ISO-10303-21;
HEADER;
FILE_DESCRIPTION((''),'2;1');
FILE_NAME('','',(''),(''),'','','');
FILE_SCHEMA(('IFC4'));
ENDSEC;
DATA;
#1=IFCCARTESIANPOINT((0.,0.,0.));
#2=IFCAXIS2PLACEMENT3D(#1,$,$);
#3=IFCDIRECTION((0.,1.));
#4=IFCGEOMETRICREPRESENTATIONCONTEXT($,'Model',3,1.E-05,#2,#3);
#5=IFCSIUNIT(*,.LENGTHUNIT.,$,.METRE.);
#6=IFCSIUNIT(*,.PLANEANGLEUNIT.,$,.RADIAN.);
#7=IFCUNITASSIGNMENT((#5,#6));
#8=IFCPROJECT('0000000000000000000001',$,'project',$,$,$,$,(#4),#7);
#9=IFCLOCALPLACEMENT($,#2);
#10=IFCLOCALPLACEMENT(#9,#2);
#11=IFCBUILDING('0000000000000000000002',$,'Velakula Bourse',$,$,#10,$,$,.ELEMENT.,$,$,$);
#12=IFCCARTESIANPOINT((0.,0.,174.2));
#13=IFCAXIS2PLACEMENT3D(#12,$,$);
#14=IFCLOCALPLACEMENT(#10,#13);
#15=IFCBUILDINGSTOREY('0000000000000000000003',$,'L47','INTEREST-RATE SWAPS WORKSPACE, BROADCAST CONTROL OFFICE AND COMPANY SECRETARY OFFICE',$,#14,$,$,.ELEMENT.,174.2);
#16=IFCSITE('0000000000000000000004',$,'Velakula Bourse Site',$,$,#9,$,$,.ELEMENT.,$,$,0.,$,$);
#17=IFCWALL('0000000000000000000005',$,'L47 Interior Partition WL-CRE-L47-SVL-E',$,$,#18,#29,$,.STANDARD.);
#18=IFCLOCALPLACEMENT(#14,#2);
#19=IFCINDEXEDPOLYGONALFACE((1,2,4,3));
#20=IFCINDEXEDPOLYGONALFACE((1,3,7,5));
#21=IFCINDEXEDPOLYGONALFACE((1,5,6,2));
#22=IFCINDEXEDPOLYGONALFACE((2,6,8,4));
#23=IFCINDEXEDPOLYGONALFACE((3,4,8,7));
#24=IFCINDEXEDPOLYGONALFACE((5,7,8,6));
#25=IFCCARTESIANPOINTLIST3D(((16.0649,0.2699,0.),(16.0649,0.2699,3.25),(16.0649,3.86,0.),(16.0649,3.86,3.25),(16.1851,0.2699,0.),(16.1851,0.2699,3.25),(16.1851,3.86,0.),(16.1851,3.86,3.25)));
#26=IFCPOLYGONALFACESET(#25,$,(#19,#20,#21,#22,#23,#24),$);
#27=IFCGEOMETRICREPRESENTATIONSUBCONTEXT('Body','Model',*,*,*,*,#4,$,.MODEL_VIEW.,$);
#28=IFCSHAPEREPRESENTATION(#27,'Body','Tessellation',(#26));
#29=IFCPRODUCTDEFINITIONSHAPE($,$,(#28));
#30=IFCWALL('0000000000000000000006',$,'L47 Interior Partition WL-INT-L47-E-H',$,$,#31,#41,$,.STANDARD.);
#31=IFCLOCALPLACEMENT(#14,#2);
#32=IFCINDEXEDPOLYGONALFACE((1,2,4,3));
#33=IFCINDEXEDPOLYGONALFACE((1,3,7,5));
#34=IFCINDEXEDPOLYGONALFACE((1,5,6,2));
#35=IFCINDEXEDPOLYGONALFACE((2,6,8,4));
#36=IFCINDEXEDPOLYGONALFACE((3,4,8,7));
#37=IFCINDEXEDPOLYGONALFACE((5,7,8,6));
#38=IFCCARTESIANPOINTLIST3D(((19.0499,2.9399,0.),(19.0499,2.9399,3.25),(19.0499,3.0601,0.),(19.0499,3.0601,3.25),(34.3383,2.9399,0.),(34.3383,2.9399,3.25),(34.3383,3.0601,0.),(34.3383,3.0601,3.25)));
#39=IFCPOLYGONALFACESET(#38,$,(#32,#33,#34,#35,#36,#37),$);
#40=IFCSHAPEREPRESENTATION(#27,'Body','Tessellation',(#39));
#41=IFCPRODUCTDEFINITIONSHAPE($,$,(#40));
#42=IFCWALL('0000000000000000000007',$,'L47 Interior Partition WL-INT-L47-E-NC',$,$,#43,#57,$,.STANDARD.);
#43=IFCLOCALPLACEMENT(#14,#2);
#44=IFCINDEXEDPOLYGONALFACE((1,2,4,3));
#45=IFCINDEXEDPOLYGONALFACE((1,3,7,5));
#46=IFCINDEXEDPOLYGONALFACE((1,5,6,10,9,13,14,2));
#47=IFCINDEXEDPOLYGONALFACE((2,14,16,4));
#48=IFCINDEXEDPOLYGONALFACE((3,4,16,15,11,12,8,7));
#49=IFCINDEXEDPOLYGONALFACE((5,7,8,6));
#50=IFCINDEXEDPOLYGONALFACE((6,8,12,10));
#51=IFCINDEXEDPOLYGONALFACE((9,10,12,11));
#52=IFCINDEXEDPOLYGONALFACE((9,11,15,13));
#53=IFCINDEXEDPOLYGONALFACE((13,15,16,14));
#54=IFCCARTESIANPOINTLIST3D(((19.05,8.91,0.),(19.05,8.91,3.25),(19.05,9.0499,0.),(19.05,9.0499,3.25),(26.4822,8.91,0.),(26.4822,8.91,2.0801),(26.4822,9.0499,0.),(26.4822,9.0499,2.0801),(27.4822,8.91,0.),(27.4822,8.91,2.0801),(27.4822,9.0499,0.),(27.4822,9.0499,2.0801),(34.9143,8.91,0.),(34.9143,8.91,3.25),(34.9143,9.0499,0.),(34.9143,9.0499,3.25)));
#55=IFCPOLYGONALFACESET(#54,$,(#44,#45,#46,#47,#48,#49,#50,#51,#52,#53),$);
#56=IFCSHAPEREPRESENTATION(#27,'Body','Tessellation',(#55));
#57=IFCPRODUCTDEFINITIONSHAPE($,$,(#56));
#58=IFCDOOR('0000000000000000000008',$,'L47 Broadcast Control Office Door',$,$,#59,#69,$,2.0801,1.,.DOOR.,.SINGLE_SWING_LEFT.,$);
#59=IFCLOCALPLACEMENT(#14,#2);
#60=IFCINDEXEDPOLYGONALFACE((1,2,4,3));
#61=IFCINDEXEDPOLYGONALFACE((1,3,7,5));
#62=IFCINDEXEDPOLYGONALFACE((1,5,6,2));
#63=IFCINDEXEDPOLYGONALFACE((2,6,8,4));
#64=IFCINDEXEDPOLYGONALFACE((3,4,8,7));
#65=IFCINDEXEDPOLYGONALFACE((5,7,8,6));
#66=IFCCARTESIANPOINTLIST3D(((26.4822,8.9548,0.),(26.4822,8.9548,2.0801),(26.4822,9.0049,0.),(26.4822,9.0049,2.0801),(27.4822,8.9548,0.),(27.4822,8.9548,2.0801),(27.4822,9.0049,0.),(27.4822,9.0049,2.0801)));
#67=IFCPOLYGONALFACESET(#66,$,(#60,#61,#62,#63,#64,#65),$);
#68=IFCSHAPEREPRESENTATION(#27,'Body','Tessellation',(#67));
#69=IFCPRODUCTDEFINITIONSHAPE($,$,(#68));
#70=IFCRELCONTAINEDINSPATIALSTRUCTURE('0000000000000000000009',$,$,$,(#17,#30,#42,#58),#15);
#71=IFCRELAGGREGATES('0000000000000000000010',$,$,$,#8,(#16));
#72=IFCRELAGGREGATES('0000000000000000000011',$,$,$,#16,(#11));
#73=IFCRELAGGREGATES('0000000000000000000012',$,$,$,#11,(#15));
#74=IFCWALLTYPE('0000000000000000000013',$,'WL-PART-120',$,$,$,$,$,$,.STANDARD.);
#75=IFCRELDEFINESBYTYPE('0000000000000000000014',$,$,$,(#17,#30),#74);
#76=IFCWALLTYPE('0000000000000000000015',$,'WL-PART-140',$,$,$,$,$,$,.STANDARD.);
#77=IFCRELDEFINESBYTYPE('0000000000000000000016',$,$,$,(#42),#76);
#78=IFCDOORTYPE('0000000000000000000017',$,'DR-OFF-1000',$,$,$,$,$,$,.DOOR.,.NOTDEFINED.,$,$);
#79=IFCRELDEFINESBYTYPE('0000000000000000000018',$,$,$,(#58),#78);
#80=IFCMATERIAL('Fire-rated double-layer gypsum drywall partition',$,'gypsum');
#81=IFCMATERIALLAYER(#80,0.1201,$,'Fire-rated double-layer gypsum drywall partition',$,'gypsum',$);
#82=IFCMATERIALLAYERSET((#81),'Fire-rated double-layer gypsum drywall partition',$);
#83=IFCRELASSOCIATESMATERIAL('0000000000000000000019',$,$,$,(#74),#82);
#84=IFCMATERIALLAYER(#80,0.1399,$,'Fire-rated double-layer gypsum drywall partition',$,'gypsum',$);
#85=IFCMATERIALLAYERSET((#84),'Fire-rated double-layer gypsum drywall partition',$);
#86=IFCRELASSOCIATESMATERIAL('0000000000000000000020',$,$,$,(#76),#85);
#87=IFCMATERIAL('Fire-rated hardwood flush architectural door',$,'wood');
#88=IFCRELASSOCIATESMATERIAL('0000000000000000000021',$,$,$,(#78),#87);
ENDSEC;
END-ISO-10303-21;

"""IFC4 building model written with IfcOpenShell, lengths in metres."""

from ifc_helpers import new_model, si_unit, direction, frame, frame_2d, origin, place, context, subcontext, project, spatial, rectangle, extrude, material, layer, layer_set, type_object, element, fill, save


model = new_model("IFC4")

# Units and contexts
model_context = context("Model", 3, precision=1e-05, world=origin(), true_north=direction((0.0, 1.0)))
body_context = subcontext(model_context, "Body", "Model", "MODEL_VIEW")
ifc_project = project(units=[si_unit("LENGTHUNIT", "METRE"), si_unit("PLANEANGLEUNIT", "RADIAN")], contexts=[model_context])

# Site, building, storey
site_placement = place(None, origin())
site = spatial("IfcSite", under=ifc_project, at=site_placement, Name="Velakula Bourse Site", CompositionType="ELEMENT", RefElevation=0.0)
building_placement = place(site_placement, origin())
building = spatial("IfcBuilding", under=site, at=building_placement, Name="Velakula Bourse", CompositionType="ELEMENT")
storey_placement = place(building_placement, frame((0.0, 0.0, 174.2)))
storey = spatial("IfcBuildingStorey", under=building, at=storey_placement, Name="L47", Description="INTEREST-RATE SWAPS WORKSPACE, BROADCAST CONTROL OFFICE AND COMPANY SECRETARY OFFICE", CompositionType="ELEMENT", Elevation=174.2)

# Walls
ifc_material_1 = material(Name="Fire-rated double-layer gypsum drywall partition", Category="gypsum")
ifc_layer_1 = layer(ifc_material_1, 0.1201, Name="Fire-rated double-layer gypsum drywall partition", Category="gypsum")
ifc_layer_set_1 = layer_set([ifc_layer_1], Name="Fire-rated double-layer gypsum drywall partition")
wall_type_1 = type_object("IfcWallType", Name="WL-PART-120", PredefinedType="STANDARD", material=ifc_layer_set_1)
wall_1_placement = place(storey_placement, frame((16.125, 0.27, 0.0), z_axis=(0.0, 0.0, 1.0), x_axis=(0.0, 1.0, 0.0)))
element("IfcWall", 1, at=wall_1_placement, inside=storey, type_object=wall_type_1, Name="L47 Interior Partition WL-CRE-L47-SVL-E", PredefinedType="STANDARD", context=body_context, shape_type="SweptSolid", body=[
    extrude(rectangle(XDim=3.5901, YDim=0.1201, at=frame_2d((1.7949, 0.0))), origin(), (0.0, 0.0, 1.0), 3.25),
])
wall_2_placement = place(storey_placement, frame((19.05, 3.0, 0.0), z_axis=(0.0, 0.0, 1.0), x_axis=(1.0, 0.0, 0.0)))
element("IfcWall", 2, at=wall_2_placement, inside=storey, type_object=wall_type_1, Name="L47 Interior Partition WL-INT-L47-E-H", PredefinedType="STANDARD", context=body_context, shape_type="SweptSolid", body=[
    extrude(rectangle(XDim=15.2883, YDim=0.1201, at=frame_2d((7.644, 0.0))), origin(), (0.0, 0.0, 1.0), 3.25),
])

# Wall, opening, door
ifc_layer_2 = layer(ifc_material_1, 0.1399, Name="Fire-rated double-layer gypsum drywall partition", Category="gypsum")
ifc_layer_set_2 = layer_set([ifc_layer_2], Name="Fire-rated double-layer gypsum drywall partition")
wall_type_2 = type_object("IfcWallType", Name="WL-PART-140", PredefinedType="STANDARD", material=ifc_layer_set_2)
wall_3_placement = place(storey_placement, frame((19.05, 8.98, 0.0), z_axis=(0.0, 0.0, 1.0), x_axis=(1.0, 0.0, 0.0)))
wall_3 = element("IfcWall", 3, at=wall_3_placement, inside=storey, type_object=wall_type_2, Name="L47 Interior Partition WL-INT-L47-E-NC", PredefinedType="STANDARD", context=body_context, shape_type="SweptSolid", body=[
    extrude(rectangle(XDim=15.8643, YDim=0.1399, at=frame_2d((7.9321, 0.0))), origin(), (0.0, 0.0, 1.0), 3.25),
])
opening_1_placement = place(wall_3_placement, frame((7.4321, 0.0, 0.0)))
opening_1 = element("IfcOpeningElement", 4, at=opening_1_placement, cuts=wall_3, PredefinedType="OPENING", context=body_context, shape_type="SweptSolid", body=[
    extrude(rectangle(XDim=1.0, YDim=2.0801, at=frame_2d((0.5, 1.04))), frame((0.0, 0.0798, 0.0), z_axis=(0.0, -1.0, 0.0), x_axis=(1.0, 0.0, 0.0)), (0.0, 0.0, 1.0), 0.1599),
])
ifc_material_2 = material(Name="Fire-rated hardwood flush architectural door", Category="wood")
door_type = type_object("IfcDoorType", Name="DR-OFF-1000", OperationType="NOTDEFINED", PredefinedType="DOOR", material=ifc_material_2)
door_placement = place(opening_1_placement, origin())
door = element("IfcDoor", 5, at=door_placement, inside=storey, type_object=door_type, Name="L47 Broadcast Control Office Door", OperationType="SINGLE_SWING_LEFT", OverallHeight=2.0801, OverallWidth=1.0, PredefinedType="DOOR", context=body_context, shape_type="SweptSolid", body=[
    extrude(rectangle(XDim=1.0, YDim=2.0801, at=frame_2d((0.5, 1.04))), frame((0.0, 0.0249, 0.0), z_axis=(0.0, -1.0, 0.0), x_axis=(1.0, 0.0, 0.0)), (0.0, 0.0, 1.0), 0.05),
])
fill(opening_1, door)

save(model, "model.ifc")
